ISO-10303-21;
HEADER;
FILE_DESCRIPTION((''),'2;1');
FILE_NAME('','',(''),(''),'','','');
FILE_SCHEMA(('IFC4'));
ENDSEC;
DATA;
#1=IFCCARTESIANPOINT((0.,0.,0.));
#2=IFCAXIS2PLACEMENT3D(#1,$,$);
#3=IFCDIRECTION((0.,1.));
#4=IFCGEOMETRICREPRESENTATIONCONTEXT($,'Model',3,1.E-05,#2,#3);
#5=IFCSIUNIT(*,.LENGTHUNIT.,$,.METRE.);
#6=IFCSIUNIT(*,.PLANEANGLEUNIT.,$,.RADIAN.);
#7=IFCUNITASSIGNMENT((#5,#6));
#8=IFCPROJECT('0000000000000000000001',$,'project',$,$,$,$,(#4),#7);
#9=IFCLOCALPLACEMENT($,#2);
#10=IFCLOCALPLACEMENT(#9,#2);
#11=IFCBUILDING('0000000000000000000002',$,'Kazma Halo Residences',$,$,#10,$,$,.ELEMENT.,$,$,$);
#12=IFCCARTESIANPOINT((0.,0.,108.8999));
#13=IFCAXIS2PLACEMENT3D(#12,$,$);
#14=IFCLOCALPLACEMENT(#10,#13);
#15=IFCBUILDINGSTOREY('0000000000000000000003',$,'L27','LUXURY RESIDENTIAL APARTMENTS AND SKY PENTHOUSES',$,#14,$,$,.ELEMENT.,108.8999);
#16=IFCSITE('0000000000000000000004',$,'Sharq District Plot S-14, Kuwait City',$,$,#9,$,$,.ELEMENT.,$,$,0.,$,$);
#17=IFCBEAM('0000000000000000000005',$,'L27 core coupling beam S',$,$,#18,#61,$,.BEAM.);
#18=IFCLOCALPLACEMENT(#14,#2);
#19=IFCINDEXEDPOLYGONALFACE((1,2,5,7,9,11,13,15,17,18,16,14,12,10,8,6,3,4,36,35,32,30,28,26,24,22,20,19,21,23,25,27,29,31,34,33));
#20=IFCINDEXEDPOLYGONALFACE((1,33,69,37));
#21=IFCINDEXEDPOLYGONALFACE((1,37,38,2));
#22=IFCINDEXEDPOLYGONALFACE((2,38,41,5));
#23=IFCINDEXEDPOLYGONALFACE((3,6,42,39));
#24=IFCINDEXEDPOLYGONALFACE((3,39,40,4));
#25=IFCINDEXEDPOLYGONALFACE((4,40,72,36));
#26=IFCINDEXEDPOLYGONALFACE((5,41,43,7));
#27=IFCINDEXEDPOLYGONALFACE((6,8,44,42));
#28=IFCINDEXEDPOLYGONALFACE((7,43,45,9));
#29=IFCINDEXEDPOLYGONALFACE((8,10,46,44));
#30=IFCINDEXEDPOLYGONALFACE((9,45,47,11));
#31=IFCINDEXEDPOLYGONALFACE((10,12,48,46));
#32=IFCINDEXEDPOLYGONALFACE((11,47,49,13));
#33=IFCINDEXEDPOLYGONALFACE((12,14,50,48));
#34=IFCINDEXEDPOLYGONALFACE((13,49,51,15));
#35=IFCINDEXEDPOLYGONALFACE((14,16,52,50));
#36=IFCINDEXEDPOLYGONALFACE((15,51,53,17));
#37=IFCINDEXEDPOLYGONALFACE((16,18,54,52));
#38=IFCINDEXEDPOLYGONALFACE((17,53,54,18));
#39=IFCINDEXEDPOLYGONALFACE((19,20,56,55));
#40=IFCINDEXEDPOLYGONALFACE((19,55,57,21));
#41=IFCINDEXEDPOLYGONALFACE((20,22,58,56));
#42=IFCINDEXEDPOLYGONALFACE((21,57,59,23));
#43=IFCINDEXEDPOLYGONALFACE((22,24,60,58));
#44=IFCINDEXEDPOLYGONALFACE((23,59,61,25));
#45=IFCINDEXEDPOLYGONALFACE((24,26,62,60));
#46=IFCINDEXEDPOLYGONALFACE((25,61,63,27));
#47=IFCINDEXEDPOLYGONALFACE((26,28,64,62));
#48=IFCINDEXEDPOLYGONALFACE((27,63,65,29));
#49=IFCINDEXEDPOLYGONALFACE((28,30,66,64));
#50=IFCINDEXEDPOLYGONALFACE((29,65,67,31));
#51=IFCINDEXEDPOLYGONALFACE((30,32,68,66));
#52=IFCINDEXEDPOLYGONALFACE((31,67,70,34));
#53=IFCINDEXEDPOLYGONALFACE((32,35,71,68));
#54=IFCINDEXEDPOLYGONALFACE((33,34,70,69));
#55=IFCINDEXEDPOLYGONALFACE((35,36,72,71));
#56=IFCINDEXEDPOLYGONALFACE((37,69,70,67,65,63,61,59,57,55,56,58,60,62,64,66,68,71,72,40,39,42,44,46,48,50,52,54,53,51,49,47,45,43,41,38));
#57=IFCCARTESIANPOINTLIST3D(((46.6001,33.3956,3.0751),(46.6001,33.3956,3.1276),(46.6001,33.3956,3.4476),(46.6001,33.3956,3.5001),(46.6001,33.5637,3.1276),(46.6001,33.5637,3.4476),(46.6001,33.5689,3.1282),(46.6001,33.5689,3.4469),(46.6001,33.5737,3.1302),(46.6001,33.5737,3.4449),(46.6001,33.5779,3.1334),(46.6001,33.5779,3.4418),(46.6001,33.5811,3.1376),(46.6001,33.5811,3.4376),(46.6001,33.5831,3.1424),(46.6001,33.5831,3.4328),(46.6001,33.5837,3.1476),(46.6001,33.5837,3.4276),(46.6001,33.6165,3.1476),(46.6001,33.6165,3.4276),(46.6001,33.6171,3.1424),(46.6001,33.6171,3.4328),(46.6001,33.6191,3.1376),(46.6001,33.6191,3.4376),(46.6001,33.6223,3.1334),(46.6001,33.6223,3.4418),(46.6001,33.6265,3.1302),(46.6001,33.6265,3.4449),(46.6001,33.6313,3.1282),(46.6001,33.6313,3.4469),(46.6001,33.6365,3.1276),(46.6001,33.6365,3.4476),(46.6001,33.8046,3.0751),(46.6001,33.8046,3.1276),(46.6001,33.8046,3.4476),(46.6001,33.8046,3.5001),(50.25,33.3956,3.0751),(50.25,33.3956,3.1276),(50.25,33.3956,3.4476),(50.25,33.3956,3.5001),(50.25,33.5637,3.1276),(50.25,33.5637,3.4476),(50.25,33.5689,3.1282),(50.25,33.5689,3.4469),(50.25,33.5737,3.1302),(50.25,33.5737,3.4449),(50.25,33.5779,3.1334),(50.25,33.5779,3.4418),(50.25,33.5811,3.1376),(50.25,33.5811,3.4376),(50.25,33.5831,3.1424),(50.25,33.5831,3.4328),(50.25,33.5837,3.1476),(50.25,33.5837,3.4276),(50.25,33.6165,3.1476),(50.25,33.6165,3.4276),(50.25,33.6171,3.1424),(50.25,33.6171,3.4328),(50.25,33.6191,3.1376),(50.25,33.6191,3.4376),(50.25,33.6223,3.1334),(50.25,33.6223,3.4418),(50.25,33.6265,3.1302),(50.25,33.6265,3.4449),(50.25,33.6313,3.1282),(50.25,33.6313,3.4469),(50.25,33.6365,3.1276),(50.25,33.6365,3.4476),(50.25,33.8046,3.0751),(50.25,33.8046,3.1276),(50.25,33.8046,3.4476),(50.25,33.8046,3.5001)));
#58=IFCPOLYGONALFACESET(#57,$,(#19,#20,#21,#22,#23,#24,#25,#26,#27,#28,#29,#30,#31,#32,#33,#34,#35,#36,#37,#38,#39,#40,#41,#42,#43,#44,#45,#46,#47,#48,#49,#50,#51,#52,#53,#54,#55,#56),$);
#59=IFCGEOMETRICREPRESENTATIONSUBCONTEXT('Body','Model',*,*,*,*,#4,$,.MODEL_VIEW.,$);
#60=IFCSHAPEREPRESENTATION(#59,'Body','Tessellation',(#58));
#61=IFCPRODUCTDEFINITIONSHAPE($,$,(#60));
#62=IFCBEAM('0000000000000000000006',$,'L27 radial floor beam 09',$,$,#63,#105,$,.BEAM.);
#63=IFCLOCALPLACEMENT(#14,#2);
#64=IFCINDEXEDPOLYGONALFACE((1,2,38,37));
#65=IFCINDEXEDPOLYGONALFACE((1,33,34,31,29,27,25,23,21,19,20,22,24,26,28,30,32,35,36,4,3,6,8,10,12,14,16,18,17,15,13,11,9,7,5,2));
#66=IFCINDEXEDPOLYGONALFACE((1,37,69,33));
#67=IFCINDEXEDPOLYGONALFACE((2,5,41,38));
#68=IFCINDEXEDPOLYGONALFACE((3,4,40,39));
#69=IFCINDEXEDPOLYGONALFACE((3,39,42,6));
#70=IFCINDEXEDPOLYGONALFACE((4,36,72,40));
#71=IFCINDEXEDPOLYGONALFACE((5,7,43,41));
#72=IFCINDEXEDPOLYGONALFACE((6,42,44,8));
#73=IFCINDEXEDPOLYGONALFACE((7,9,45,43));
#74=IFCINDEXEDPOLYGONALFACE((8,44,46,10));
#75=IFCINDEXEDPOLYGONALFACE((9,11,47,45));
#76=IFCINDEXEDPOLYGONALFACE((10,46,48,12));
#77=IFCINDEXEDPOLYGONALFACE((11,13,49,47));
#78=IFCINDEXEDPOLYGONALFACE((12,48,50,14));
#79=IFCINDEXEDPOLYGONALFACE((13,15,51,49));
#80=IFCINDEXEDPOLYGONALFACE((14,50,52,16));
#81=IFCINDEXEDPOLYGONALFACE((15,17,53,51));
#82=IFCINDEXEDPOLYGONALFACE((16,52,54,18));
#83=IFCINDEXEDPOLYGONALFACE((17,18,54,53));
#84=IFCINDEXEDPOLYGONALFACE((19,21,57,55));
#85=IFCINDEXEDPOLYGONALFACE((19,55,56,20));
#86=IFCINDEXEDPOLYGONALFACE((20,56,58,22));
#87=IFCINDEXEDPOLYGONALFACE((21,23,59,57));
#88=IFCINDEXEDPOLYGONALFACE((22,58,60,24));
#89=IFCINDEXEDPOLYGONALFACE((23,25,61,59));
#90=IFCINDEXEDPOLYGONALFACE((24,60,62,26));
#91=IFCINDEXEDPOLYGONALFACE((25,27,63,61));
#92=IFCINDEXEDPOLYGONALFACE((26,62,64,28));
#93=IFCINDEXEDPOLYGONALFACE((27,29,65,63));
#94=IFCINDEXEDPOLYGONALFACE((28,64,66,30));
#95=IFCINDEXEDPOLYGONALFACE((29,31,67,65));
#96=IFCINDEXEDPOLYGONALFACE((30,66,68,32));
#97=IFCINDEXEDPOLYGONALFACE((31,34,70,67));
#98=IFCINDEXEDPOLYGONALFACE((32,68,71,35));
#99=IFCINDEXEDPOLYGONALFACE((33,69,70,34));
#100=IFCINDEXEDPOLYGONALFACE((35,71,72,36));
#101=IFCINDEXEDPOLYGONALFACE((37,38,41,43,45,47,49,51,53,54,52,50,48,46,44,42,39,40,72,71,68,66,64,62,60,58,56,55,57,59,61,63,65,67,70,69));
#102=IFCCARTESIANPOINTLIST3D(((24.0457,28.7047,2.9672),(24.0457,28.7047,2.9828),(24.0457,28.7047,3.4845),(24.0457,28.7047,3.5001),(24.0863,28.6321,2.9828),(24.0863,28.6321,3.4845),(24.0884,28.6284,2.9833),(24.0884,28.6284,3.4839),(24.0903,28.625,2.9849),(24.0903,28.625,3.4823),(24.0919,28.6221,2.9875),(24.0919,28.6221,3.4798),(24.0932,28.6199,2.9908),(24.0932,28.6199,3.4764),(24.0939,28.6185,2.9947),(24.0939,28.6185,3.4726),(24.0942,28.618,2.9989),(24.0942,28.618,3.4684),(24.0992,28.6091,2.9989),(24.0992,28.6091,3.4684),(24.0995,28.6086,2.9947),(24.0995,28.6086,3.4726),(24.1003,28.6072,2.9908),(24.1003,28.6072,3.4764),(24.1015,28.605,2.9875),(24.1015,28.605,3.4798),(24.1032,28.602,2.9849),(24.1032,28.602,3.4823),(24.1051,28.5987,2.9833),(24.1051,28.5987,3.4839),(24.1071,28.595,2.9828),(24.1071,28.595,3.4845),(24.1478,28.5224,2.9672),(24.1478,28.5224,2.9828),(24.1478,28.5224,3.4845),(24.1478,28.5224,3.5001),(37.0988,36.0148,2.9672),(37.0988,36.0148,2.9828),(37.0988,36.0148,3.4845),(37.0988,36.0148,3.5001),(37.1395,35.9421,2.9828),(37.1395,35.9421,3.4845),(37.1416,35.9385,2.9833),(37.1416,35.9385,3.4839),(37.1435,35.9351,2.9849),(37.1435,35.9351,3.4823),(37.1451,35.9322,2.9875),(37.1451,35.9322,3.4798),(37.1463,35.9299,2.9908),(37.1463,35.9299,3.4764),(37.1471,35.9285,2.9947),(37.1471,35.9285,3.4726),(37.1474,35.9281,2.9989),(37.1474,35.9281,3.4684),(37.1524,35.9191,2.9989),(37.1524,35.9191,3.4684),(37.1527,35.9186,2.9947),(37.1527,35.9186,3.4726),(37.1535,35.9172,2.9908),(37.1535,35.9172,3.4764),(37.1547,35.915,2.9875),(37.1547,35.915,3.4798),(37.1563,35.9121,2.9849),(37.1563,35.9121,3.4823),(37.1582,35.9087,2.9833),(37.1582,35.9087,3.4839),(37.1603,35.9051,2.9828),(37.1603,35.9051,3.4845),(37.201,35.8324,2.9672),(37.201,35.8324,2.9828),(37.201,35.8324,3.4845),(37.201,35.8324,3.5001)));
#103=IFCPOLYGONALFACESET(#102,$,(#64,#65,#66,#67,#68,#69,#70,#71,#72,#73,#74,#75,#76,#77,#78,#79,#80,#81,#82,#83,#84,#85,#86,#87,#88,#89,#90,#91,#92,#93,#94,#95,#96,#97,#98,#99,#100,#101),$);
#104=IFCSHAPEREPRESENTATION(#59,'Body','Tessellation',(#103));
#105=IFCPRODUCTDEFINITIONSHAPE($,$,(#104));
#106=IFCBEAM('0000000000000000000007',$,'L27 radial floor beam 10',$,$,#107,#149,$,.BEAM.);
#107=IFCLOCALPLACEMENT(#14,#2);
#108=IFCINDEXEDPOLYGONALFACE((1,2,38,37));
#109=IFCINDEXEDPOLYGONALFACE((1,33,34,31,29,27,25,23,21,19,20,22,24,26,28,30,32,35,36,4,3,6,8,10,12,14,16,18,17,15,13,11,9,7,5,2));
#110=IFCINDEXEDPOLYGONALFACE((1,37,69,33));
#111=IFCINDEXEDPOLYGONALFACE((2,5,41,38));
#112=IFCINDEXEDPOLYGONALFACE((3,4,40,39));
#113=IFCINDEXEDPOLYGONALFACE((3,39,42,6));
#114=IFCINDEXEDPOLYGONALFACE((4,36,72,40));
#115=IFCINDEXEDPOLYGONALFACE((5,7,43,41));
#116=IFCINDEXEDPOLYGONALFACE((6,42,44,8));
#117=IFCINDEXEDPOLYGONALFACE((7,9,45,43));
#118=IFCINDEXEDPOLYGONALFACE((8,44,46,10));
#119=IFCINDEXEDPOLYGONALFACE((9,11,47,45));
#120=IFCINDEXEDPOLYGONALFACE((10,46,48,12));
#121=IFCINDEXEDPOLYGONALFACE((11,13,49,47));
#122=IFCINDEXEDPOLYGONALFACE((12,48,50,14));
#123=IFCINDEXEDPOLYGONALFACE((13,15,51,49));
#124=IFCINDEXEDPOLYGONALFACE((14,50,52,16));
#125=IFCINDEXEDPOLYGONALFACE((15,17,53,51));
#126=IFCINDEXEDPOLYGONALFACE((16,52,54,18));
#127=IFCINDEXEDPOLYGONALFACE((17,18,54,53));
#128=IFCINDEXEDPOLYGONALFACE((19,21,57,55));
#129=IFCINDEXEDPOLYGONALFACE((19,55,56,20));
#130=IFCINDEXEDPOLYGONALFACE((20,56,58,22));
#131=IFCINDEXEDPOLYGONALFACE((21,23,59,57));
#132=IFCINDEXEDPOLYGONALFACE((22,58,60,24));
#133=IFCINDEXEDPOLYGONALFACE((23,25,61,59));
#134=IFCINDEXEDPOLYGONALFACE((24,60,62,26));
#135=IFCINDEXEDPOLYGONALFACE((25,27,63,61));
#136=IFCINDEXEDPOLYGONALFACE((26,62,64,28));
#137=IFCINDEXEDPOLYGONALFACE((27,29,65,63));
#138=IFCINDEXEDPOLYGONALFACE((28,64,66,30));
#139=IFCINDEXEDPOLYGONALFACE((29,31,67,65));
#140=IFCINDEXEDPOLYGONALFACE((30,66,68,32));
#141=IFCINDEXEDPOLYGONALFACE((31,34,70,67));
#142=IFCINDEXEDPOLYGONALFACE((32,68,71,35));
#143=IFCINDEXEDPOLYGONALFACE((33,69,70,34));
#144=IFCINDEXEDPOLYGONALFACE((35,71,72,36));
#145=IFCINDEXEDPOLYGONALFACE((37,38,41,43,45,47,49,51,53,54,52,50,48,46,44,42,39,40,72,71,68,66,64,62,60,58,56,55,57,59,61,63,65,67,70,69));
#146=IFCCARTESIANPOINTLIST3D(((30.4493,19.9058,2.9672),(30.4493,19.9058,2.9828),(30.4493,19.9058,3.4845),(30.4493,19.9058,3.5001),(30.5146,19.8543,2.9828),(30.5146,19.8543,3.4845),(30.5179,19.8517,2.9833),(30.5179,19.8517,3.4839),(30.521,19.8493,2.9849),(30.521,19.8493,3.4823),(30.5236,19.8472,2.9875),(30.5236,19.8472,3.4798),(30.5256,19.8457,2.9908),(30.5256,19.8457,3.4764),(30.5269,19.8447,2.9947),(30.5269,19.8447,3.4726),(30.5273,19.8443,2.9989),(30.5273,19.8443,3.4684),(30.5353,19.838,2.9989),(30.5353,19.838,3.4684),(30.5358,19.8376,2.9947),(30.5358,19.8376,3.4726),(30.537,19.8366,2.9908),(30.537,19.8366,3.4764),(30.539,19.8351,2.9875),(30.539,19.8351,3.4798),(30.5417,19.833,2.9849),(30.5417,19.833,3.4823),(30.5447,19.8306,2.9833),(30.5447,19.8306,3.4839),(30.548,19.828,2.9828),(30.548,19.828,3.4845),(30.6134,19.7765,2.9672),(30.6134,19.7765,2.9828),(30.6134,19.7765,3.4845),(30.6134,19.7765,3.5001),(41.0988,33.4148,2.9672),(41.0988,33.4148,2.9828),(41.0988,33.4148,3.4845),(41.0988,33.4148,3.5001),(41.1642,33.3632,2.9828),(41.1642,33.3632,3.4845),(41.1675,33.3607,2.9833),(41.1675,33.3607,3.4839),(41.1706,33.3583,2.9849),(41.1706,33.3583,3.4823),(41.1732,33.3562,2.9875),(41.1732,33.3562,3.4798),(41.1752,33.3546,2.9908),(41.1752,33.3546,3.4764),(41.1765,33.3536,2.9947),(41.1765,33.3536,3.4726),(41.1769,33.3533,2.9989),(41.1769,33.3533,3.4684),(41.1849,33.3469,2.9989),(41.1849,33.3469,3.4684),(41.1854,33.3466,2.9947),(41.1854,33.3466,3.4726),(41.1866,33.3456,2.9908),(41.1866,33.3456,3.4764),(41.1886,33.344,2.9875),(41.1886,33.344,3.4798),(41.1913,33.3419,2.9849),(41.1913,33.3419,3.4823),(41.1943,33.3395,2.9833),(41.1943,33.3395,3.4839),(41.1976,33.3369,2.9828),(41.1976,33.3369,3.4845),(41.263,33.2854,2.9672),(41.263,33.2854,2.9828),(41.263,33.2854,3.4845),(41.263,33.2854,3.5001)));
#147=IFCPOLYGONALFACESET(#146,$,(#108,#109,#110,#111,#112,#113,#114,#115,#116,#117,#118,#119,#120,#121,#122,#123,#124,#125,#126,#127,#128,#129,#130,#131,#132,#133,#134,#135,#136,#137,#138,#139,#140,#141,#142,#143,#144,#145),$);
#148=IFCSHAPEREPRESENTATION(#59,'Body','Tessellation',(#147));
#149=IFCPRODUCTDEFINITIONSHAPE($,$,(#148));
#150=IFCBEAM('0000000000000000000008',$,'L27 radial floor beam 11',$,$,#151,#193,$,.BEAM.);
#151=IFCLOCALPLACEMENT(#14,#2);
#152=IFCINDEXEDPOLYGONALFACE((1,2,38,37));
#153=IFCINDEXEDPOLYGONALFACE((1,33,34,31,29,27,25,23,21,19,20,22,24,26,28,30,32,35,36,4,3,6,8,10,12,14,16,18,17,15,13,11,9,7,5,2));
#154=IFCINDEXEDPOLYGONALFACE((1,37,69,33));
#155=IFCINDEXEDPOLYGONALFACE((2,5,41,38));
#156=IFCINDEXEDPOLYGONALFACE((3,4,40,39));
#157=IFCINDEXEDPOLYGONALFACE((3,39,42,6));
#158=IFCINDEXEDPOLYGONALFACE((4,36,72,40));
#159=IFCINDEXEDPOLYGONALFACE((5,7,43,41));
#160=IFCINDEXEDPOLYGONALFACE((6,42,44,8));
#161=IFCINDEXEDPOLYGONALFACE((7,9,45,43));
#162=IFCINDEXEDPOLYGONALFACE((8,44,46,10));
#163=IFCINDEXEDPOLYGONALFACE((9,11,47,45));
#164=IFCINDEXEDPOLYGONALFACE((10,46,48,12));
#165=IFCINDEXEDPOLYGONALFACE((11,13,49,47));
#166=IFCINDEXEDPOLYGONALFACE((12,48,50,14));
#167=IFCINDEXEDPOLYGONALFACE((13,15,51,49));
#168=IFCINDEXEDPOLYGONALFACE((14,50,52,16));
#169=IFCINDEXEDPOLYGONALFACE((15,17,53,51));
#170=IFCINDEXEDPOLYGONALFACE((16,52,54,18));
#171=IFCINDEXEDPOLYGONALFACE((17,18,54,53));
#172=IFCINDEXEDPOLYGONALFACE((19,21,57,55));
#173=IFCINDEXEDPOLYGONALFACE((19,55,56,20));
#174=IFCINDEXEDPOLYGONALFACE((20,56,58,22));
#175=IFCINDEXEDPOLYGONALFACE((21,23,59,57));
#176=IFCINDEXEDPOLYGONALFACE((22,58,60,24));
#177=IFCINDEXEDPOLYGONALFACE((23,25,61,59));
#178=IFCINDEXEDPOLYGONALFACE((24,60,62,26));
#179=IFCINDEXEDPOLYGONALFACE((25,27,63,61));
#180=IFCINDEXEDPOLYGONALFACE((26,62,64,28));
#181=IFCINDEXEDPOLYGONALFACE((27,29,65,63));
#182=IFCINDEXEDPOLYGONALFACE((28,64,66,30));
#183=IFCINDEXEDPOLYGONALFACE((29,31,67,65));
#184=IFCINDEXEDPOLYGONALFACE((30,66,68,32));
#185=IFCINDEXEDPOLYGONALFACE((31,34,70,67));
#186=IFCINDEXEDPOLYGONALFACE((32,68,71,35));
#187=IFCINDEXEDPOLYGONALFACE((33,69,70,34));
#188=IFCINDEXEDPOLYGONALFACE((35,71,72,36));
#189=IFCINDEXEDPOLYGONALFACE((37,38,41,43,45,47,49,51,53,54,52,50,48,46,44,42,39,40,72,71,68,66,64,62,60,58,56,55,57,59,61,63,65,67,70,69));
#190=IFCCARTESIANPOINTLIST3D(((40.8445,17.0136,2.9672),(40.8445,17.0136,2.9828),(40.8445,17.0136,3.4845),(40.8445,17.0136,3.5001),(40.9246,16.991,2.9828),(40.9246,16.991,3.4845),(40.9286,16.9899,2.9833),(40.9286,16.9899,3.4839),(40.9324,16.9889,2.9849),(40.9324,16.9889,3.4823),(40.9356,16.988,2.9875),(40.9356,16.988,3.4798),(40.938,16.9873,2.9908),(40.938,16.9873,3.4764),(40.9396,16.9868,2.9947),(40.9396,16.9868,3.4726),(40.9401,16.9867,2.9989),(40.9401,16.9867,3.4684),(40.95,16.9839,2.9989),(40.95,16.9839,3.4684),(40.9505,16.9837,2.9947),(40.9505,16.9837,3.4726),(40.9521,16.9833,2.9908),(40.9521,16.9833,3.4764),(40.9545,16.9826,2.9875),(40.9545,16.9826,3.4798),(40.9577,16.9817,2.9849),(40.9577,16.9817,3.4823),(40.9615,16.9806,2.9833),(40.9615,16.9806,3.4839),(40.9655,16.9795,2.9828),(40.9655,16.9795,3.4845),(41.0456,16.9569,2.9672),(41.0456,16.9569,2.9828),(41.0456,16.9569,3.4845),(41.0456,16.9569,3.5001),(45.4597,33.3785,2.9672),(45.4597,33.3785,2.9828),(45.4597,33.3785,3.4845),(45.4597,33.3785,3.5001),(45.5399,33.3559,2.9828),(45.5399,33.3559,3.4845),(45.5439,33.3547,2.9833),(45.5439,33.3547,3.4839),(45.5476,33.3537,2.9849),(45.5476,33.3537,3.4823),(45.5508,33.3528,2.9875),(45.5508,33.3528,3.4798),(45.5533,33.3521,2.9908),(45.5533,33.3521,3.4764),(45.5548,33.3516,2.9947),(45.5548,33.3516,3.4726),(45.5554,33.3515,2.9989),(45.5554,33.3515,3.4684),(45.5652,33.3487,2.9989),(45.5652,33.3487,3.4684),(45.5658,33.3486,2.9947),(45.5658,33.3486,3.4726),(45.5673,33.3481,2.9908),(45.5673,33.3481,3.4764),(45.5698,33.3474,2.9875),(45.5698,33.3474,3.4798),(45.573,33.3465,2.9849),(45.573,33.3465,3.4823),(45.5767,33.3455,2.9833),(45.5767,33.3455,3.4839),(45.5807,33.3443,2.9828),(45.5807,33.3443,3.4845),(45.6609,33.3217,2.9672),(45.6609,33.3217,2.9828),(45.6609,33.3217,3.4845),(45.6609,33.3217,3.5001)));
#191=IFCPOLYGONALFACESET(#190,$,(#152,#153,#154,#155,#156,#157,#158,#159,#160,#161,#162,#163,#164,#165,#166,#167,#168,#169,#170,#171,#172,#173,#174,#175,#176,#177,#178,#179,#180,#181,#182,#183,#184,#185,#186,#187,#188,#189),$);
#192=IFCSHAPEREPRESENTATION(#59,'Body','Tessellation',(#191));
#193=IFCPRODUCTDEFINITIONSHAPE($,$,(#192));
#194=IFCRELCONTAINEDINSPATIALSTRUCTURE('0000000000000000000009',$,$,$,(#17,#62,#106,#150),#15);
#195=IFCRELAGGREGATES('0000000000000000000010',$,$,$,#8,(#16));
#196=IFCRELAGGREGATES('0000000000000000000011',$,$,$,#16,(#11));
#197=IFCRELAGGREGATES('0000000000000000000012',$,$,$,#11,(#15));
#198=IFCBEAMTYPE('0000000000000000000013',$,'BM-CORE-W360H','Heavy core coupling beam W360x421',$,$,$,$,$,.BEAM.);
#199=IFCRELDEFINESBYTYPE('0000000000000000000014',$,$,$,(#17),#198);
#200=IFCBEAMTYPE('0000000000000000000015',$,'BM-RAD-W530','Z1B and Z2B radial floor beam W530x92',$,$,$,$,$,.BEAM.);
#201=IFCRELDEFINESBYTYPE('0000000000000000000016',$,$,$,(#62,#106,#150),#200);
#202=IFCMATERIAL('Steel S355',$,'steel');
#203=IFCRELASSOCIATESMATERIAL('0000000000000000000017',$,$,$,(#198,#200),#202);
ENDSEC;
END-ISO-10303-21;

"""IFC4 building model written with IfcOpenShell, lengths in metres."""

from ifc_helpers import new_model, si_unit, direction, frame, origin, origin_2d, place, context, subcontext, project, spatial, i_section, extrude, material, material_profile, profile_set, type_object, element, save


model = new_model("IFC4")

# Units and contexts
model_context = context("Model", 3, precision=1e-05, world=origin(), true_north=direction((0.0, 1.0)))
body_context = subcontext(model_context, "Body", "Model", "MODEL_VIEW")
ifc_project = project(units=[si_unit("LENGTHUNIT", "METRE"), si_unit("PLANEANGLEUNIT", "RADIAN")], contexts=[model_context])

# Site, building, storey
site_placement = place(None, origin())
site = spatial("IfcSite", under=ifc_project, at=site_placement, Name="Sharq District Plot S-14, Kuwait City", CompositionType="ELEMENT", RefElevation=0.0)
building_placement = place(site_placement, origin())
building = spatial("IfcBuilding", under=site, at=building_placement, Name="Kazma Halo Residences", CompositionType="ELEMENT")
storey_placement = place(building_placement, frame((0.0, 0.0, 108.8999)))
storey = spatial("IfcBuildingStorey", under=building, at=storey_placement, Name="L27", Description="LUXURY RESIDENTIAL APARTMENTS AND SKY PENTHOUSES", CompositionType="ELEMENT", Elevation=108.8999)

# Beams
ifc_material_1 = material(Name="Steel S355", Category="steel")
ifc_material_profile_1 = material_profile(ifc_material_1, i_section(OverallWidth=0.4089, OverallDepth=0.425, WebThickness=0.0327, FlangeThickness=0.0525, FilletRadius=0.02, at=origin_2d()), Name="W360x421")
ifc_profile_set_1 = profile_set([ifc_material_profile_1], Name="Steel S355")
beam_type_1 = type_object("IfcBeamType", Name="BM-CORE-W360H", Description="Heavy core coupling beam W360x421", PredefinedType="BEAM", material=ifc_profile_set_1)
beam_1_placement = place(storey_placement, frame((46.6001, 33.6001, 3.2876), z_axis=(1.0, 0.0, 0.0), x_axis=(0.0, 1.0, 0.0)))
element("IfcBeam", 1, at=beam_1_placement, inside=storey, type_object=beam_type_1, Name="L27 core coupling beam S", PredefinedType="BEAM", context=body_context, shape_type="SweptSolid", body=[
    extrude(i_section(OverallWidth=0.4089, OverallDepth=0.425, WebThickness=0.0327, FlangeThickness=0.0525, FilletRadius=0.02, at=origin_2d()), origin(), (0.0, 0.0, 1.0), 3.6499),
])
ifc_material_profile_2 = material_profile(ifc_material_1, i_section(OverallWidth=0.209, OverallDepth=0.533, WebThickness=0.0103, FlangeThickness=0.0156, FilletRadius=0.0161, at=origin_2d()), Name="W530x92")
ifc_profile_set_2 = profile_set([ifc_material_profile_2], Name="Steel S355")
beam_type_2 = type_object("IfcBeamType", Name="BM-RAD-W530", Description="Z1B and Z2B radial floor beam W530x92", PredefinedType="BEAM", material=ifc_profile_set_2)
beam_2_placement = place(storey_placement, frame((37.1499, 35.9236, 3.2336), z_axis=(-0.872499, -0.488616, 0.0), x_axis=(0.488616, -0.872499, 0.0)))
element("IfcBeam", 2, at=beam_2_placement, inside=storey, type_object=beam_type_2, Name="L27 radial floor beam 09", PredefinedType="BEAM", context=body_context, shape_type="SweptSolid", body=[
    extrude(i_section(OverallWidth=0.209, OverallDepth=0.533, WebThickness=0.0103, FlangeThickness=0.0156, FilletRadius=0.0161, at=origin_2d()), origin(), (0.0, 0.0, 1.0), 14.9607),
])
beam_3_placement = place(storey_placement, frame((41.1809, 33.3501, 3.2336), z_axis=(-0.619094, -0.785317, 0.0), x_axis=(0.785317, -0.619094, 0.0)))
element("IfcBeam", 3, at=beam_3_placement, inside=storey, type_object=beam_type_2, Name="L27 radial floor beam 10", PredefinedType="BEAM", context=body_context, shape_type="SweptSolid", body=[
    extrude(i_section(OverallWidth=0.209, OverallDepth=0.533, WebThickness=0.0103, FlangeThickness=0.0156, FilletRadius=0.0161, at=origin_2d()), origin(), (0.0, 0.0, 1.0), 17.2019),
])
beam_4_placement = place(storey_placement, frame((45.5603, 33.3501, 3.2336), z_axis=(-0.271435, -0.962457, 0.0), x_axis=(0.962457, -0.271435, 0.0)))
element("IfcBeam", 4, at=beam_4_placement, inside=storey, type_object=beam_type_2, Name="L27 radial floor beam 11", PredefinedType="BEAM", context=body_context, shape_type="SweptSolid", body=[
    extrude(i_section(OverallWidth=0.209, OverallDepth=0.533, WebThickness=0.0103, FlangeThickness=0.0156, FilletRadius=0.0161, at=origin_2d()), origin(), (0.0, 0.0, 1.0), 17.0032),
])

save(model, "model.ifc")
